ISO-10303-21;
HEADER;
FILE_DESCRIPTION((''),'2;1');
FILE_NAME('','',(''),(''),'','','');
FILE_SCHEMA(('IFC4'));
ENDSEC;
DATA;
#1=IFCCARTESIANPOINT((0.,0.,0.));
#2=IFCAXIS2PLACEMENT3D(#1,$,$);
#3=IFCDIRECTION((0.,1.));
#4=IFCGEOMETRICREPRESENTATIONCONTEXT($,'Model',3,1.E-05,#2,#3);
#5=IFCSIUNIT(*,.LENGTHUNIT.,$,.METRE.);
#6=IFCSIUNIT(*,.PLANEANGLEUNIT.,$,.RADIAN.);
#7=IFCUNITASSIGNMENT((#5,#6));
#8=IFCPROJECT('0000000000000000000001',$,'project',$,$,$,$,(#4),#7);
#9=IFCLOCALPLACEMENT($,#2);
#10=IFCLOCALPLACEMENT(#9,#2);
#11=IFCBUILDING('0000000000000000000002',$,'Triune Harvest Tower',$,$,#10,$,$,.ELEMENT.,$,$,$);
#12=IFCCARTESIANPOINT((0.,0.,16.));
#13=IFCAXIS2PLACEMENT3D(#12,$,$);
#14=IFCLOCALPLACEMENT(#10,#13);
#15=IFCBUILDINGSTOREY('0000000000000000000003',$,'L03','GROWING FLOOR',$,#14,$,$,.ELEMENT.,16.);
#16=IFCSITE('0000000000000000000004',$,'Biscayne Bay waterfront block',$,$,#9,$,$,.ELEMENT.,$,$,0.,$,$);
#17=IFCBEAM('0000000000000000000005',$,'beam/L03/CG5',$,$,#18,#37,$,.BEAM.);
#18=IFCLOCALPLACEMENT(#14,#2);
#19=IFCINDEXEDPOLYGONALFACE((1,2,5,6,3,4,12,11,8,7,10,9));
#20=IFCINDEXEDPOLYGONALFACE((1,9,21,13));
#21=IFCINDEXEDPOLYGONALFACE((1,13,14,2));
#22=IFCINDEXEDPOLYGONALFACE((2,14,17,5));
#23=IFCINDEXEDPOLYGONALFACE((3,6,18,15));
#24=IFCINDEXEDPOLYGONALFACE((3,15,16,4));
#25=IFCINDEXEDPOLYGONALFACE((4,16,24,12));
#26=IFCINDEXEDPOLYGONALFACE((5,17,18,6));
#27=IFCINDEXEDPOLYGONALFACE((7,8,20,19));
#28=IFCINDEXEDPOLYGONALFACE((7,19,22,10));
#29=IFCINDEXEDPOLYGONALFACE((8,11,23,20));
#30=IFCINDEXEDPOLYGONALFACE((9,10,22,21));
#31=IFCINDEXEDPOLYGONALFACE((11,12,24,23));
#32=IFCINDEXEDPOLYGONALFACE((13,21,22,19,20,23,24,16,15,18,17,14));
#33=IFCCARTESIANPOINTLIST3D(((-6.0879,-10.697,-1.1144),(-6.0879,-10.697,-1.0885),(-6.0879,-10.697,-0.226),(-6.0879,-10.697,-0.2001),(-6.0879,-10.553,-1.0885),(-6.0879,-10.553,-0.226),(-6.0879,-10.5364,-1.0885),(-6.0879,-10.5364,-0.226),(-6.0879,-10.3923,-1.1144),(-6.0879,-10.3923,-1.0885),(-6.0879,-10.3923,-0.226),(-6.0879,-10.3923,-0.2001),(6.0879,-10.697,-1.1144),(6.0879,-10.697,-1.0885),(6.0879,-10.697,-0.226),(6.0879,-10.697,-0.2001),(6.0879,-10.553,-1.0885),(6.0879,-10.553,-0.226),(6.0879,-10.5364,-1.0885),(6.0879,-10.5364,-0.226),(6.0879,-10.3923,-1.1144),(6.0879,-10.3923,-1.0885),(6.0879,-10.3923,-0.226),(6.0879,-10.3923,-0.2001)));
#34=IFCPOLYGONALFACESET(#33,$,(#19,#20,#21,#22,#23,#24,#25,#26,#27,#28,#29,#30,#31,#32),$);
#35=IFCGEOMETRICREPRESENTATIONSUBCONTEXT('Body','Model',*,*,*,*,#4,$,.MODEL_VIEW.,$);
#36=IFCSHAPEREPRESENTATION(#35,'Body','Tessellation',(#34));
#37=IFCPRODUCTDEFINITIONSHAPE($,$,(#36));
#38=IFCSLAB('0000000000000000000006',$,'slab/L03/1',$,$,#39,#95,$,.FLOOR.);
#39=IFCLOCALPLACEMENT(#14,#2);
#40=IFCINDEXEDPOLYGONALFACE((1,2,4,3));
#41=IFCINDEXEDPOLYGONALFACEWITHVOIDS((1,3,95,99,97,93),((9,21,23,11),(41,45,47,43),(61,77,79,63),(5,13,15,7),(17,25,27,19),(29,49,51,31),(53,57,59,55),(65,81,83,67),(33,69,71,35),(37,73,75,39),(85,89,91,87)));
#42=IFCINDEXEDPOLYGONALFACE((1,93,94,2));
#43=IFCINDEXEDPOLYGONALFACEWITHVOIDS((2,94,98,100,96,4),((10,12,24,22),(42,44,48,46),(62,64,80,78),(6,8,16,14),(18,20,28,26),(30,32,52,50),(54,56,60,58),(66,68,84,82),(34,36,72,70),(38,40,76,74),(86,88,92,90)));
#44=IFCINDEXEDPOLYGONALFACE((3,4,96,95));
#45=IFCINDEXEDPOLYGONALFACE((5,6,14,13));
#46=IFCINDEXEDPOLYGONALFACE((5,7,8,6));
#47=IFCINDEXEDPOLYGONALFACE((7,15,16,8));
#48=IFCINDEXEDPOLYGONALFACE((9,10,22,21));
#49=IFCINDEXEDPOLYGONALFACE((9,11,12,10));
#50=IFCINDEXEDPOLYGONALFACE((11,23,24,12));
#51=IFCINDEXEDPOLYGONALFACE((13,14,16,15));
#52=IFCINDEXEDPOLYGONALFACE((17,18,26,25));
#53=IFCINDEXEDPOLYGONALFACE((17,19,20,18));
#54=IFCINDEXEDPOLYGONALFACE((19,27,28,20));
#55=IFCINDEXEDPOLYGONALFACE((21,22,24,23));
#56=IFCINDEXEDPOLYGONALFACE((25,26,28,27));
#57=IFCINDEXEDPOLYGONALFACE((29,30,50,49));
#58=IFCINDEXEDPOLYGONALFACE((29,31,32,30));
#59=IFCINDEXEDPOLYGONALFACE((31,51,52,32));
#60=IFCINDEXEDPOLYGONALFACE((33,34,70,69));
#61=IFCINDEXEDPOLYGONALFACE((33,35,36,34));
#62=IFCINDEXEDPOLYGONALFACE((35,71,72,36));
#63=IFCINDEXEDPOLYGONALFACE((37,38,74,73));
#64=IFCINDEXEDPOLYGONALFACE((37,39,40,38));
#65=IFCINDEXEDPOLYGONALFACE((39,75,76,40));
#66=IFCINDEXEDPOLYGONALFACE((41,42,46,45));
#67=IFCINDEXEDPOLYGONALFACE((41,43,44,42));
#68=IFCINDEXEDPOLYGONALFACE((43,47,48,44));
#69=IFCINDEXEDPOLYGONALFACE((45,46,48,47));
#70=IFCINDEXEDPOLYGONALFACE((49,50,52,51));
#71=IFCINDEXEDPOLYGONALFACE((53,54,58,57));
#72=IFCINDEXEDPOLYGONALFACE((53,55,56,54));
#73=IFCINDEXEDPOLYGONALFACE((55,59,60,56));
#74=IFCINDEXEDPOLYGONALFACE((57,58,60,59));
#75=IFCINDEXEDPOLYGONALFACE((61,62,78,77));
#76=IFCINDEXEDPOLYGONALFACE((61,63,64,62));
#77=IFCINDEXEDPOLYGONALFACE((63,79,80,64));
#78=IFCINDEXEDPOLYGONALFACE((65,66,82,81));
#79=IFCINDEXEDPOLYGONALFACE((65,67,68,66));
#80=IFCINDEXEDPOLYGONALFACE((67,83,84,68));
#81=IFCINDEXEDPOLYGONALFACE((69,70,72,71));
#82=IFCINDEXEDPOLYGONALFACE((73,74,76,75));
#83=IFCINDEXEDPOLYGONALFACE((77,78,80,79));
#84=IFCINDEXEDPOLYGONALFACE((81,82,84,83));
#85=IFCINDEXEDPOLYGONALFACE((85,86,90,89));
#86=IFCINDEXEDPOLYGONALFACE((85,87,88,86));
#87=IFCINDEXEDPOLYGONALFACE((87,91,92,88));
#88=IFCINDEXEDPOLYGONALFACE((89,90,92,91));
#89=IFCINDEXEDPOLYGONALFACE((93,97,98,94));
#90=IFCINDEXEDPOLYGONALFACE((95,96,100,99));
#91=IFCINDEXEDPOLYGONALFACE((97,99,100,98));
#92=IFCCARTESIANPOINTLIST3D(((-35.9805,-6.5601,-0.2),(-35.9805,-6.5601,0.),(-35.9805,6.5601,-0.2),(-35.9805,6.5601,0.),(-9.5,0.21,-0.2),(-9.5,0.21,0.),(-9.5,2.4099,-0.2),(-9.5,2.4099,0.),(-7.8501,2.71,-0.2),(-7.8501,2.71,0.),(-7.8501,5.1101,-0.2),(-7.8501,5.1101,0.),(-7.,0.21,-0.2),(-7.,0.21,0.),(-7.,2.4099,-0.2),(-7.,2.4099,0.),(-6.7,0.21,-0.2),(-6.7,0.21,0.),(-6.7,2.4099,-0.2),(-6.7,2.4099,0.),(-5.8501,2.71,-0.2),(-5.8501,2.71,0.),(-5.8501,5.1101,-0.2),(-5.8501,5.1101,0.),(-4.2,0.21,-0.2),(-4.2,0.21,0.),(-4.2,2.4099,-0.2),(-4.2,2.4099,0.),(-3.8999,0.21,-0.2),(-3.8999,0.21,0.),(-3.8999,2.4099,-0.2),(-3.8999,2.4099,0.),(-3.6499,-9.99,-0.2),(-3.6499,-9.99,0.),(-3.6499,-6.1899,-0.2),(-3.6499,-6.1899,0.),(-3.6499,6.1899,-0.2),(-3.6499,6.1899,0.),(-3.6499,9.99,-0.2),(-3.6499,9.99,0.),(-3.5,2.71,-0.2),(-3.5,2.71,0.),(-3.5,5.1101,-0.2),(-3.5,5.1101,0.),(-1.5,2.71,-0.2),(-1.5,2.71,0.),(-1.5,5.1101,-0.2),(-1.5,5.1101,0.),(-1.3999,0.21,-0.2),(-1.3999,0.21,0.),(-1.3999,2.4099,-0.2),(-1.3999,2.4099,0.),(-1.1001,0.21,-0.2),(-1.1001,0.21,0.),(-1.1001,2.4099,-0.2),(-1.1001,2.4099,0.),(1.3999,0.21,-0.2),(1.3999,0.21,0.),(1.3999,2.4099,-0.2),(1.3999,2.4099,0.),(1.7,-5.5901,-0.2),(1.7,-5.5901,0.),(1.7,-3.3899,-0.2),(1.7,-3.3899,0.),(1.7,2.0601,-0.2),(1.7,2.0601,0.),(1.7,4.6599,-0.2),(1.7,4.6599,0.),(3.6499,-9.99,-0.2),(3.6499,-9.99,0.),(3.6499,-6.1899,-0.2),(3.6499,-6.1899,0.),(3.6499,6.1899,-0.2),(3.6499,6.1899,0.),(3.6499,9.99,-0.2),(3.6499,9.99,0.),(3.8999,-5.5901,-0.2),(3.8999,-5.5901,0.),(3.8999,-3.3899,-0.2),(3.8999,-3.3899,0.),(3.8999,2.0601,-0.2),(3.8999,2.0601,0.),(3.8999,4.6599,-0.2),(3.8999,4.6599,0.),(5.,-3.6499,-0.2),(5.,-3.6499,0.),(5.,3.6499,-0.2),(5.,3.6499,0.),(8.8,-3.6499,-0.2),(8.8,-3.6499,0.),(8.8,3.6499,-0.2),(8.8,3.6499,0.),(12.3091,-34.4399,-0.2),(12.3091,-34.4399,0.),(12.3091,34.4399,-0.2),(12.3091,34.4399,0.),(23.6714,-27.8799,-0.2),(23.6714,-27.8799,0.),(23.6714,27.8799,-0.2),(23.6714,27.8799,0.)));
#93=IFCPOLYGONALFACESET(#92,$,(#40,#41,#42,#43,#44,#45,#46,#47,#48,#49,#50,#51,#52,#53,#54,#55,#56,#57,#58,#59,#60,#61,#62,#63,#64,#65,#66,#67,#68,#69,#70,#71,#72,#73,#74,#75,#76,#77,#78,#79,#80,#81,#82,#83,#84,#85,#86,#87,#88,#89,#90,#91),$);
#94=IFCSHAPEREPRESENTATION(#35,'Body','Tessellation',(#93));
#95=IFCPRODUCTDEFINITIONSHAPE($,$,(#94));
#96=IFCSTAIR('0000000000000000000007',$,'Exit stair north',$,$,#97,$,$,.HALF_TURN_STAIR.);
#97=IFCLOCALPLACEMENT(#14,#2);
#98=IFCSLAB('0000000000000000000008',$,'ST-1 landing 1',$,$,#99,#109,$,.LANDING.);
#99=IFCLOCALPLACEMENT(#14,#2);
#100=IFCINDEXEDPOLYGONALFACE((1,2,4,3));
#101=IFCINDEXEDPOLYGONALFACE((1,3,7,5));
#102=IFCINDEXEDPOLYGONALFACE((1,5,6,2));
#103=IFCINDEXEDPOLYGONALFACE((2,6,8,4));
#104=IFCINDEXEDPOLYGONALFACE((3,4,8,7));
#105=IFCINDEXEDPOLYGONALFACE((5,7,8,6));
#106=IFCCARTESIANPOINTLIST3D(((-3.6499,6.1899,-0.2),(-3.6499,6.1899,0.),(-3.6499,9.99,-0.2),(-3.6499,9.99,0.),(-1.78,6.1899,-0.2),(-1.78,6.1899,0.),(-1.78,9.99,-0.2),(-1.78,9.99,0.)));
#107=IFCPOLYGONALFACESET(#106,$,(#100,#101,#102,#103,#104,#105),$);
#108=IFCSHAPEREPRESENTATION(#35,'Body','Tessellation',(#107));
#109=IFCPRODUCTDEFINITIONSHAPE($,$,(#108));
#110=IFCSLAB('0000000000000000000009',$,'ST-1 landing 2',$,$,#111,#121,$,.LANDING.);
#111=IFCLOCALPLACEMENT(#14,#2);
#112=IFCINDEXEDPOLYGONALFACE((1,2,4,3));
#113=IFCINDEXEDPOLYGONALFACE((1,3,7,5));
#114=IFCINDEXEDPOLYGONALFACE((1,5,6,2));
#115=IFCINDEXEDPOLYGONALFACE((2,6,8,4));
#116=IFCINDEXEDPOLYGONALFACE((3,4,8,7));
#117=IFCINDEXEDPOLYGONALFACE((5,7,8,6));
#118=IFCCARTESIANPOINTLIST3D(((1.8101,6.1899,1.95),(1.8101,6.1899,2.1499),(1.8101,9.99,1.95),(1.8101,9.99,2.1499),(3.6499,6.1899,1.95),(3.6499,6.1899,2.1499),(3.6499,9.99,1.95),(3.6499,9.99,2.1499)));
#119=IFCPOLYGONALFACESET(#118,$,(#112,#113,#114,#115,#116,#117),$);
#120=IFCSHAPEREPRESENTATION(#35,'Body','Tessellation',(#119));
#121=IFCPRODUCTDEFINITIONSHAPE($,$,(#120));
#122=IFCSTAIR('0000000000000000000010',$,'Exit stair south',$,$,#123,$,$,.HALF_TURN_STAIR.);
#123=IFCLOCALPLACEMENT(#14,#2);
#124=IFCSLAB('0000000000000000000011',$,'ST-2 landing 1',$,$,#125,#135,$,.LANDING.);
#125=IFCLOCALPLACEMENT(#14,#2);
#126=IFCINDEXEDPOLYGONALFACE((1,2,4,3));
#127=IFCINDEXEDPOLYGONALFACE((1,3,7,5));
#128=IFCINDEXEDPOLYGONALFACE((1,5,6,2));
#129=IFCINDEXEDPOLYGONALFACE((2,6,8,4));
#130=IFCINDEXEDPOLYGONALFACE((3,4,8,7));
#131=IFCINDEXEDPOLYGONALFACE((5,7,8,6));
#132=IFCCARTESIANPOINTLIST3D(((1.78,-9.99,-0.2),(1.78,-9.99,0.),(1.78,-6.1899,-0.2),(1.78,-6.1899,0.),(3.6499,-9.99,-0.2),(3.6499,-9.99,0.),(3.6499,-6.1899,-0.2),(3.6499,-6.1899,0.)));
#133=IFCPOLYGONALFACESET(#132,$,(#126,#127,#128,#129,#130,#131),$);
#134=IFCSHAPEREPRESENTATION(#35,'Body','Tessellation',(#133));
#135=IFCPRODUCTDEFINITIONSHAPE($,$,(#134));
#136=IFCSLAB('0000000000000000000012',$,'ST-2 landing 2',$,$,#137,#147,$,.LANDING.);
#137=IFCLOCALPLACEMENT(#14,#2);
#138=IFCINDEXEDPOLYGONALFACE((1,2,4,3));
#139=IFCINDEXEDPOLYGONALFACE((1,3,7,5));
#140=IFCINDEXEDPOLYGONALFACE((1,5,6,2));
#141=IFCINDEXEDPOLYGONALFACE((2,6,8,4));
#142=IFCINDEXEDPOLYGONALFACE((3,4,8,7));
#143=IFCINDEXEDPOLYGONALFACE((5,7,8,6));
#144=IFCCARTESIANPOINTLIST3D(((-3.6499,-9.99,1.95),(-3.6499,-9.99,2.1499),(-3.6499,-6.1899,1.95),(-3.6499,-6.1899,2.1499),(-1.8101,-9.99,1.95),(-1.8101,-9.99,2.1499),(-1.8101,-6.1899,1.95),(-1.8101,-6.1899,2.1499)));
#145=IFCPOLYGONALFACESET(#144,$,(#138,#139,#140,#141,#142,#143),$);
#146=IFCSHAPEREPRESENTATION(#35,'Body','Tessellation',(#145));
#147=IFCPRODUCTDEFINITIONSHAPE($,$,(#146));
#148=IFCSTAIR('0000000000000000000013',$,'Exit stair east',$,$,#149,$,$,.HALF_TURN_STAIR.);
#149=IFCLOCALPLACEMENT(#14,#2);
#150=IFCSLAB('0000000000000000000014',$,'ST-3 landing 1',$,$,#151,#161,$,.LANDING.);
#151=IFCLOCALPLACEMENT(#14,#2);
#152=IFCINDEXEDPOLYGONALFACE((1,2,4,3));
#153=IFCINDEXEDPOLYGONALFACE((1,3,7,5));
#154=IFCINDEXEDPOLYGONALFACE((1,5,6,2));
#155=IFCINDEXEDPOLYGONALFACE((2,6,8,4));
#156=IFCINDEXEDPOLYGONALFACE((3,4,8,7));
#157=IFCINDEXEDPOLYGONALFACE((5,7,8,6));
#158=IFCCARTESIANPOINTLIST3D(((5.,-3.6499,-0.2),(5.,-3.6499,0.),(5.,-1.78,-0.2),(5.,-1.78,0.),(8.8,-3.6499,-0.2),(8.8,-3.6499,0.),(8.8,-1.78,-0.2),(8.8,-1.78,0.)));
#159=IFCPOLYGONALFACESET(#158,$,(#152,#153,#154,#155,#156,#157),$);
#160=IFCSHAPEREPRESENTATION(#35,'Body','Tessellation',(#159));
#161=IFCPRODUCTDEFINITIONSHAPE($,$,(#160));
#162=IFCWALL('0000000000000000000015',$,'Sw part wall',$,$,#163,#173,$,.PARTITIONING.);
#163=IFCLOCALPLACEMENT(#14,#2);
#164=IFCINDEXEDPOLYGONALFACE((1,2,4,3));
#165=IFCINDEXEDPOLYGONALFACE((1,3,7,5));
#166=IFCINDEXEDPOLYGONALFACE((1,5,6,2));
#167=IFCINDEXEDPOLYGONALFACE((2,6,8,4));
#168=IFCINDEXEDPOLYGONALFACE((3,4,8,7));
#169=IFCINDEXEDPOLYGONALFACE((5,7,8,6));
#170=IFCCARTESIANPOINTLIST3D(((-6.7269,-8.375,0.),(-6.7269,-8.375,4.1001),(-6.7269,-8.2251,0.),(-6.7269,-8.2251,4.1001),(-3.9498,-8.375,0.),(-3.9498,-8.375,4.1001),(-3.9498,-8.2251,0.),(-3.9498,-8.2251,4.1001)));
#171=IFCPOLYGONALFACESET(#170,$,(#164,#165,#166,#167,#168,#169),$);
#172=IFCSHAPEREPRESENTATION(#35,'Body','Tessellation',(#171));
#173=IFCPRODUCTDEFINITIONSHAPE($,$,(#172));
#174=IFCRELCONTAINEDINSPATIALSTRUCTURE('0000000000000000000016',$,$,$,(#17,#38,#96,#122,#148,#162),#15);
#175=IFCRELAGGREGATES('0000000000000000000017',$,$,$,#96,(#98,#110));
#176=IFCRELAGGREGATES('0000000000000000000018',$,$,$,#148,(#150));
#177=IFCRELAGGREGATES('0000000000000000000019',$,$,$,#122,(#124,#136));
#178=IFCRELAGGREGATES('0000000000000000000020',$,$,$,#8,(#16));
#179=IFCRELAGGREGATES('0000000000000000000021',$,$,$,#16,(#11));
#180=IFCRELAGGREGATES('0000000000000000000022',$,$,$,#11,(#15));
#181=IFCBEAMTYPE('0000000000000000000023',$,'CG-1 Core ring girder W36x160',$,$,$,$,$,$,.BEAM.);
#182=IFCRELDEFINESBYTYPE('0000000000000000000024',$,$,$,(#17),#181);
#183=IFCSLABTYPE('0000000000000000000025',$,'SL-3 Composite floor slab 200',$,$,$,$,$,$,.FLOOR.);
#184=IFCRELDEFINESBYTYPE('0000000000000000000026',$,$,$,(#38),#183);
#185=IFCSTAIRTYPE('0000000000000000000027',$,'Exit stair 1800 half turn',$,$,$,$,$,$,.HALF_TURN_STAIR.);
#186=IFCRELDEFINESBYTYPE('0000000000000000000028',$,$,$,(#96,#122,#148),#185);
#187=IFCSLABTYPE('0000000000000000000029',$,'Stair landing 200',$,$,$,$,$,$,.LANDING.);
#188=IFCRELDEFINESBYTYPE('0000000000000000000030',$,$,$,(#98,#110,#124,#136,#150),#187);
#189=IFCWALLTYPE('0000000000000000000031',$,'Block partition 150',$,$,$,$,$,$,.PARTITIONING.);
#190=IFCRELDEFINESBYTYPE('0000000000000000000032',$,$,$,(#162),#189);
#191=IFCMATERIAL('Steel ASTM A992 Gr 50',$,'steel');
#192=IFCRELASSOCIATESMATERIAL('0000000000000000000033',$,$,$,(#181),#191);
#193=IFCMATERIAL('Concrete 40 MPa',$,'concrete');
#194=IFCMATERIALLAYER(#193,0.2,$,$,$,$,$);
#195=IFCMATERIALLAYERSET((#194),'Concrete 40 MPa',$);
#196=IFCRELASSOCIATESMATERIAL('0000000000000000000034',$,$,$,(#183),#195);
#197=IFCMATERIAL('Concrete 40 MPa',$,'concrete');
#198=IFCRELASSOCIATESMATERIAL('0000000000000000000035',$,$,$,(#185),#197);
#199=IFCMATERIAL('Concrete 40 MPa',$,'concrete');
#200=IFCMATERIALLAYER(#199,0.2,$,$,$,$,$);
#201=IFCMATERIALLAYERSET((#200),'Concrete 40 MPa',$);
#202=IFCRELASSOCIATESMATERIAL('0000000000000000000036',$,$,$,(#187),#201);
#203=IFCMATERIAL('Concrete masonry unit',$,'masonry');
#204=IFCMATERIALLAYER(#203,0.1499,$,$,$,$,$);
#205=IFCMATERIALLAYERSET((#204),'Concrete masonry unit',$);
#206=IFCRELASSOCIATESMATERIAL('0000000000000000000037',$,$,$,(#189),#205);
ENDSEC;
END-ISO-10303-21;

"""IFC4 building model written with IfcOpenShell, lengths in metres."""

from ifc_helpers import new_model, si_unit, direction, frame, frame_2d, origin, origin_2d, place, context, subcontext, project, spatial, polyline, rectangle, i_section, outline, extrude, source, transform, mapped, material, layer, layer_set, material_profile, profile_set, type_object, element, aggregate, save


model = new_model("IFC4")

# Units and contexts
model_context = context("Model", 3, precision=1e-05, world=origin(), true_north=direction((0.0, 1.0)))
body_context = subcontext(model_context, "Body", "Model", "MODEL_VIEW")
ifc_project = project(units=[si_unit("LENGTHUNIT", "METRE"), si_unit("PLANEANGLEUNIT", "RADIAN")], contexts=[model_context])

# Site, building, storey
site_placement = place(None, origin())
site = spatial("IfcSite", under=ifc_project, at=site_placement, Name="Biscayne Bay waterfront block", CompositionType="ELEMENT", RefElevation=0.0)
building_placement = place(site_placement, origin())
building = spatial("IfcBuilding", under=site, at=building_placement, Name="Triune Harvest Tower", CompositionType="ELEMENT")
storey_placement = place(building_placement, frame((0.0, 0.0, 16.0)))
storey = spatial("IfcBuildingStorey", under=building, at=storey_placement, Name="L03", Description="GROWING FLOOR", CompositionType="ELEMENT", Elevation=16.0)

# Beam
ifc_material_1 = material(Name="Steel ASTM A992 Gr 50", Category="steel")
ifc_material_profile = material_profile(ifc_material_1, i_section(OverallWidth=0.3047, OverallDepth=0.9143, WebThickness=0.0166, FlangeThickness=0.0259, at=origin_2d()), Name="W36x160")
ifc_profile_set = profile_set([ifc_material_profile], Name="Steel ASTM A992 Gr 50")
beam_type = type_object("IfcBeamType", Name="CG-1 Core ring girder W36x160", PredefinedType="BEAM", material=ifc_profile_set)
shared_shape_1 = source(origin(), body_context, "Body", "SweptSolid", [
    extrude(i_section(OverallWidth=0.3047, OverallDepth=0.9143, WebThickness=0.0166, FlangeThickness=0.0259, at=origin_2d()), origin(), (0.0, 0.0, 1.0), 12.1758),
])
beam_placement = place(storey_placement, frame((-6.0879, -10.5447, -0.6572), z_axis=(1.0, 0.0, 0.0), x_axis=(0.0, 1.0, 0.0)))
element("IfcBeam", 1, at=beam_placement, inside=storey, type_object=beam_type, Name="beam/L03/CG5", PredefinedType="BEAM", context=body_context, shape_type="MappedRepresentation", body=[
    mapped(shared_shape_1, transform((0.0, 0.0, 0.0), scale=1.0)),
])

# Slab
ifc_material_2 = material(Name="Concrete 40 MPa", Category="concrete")
ifc_layer_1 = layer(ifc_material_2, 0.2)
ifc_layer_set_1 = layer_set([ifc_layer_1], Name="Concrete 40 MPa")
slab_type_1 = type_object("IfcSlabType", Name="SL-3 Composite floor slab 200", PredefinedType="FLOOR", material=ifc_layer_set_1)
shared_shape_2 = source(origin(), body_context, "Body", "SweptSolid", [
    extrude(outline(polyline([(23.6714, -27.8799), (23.6714, 27.8799), (12.3091, 34.4399), (-35.9805, 6.5601), (-35.9805, -6.5601), (12.3091, -34.4399), (23.6714, -27.8799)]), holes=[polyline([(-7.0, 0.21), (-7.0, 2.4099), (-9.5, 2.4099), (-9.5, 0.21), (-7.0, 0.21)]), polyline([(-4.2, 0.21), (-4.2, 2.4099), (-6.7, 2.4099), (-6.7, 0.21), (-4.2, 0.21)]), polyline([(-1.3999, 0.21), (-1.3999, 2.4099), (-3.8999, 2.4099), (-3.8999, 0.21), (-1.3999, 0.21)]), polyline([(1.3999, 0.21), (1.3999, 2.4099), (-1.1001, 2.4099), (-1.1001, 0.21), (1.3999, 0.21)]), polyline([(3.8999, 2.0601), (3.8999, 4.6599), (1.7, 4.6599), (1.7, 2.0601), (3.8999, 2.0601)]), polyline([(3.8999, -5.5901), (3.8999, -3.3899), (1.7, -3.3899), (1.7, -5.5901), (3.8999, -5.5901)]), polyline([(-5.8501, 2.71), (-5.8501, 5.1101), (-7.8501, 5.1101), (-7.8501, 2.71), (-5.8501, 2.71)]), polyline([(-1.5, 2.71), (-1.5, 5.1101), (-3.5, 5.1101), (-3.5, 2.71), (-1.5, 2.71)]), polyline([(3.6499, 6.1899), (3.6499, 9.99), (-3.6499, 9.99), (-3.6499, 6.1899), (3.6499, 6.1899)]), polyline([(3.6499, -9.99), (3.6499, -6.1899), (-3.6499, -6.1899), (-3.6499, -9.99), (3.6499, -9.99)]), polyline([(8.8, -3.6499), (8.8, 3.6499), (5.0, 3.6499), (5.0, -3.6499), (8.8, -3.6499)])]), origin(), (0.0, 0.0, 1.0), 0.2),
])
slab_1_placement = place(storey_placement, frame((0.0, 0.0, -0.2)))
element("IfcSlab", 2, at=slab_1_placement, inside=storey, type_object=slab_type_1, Name="slab/L03/1", PredefinedType="FLOOR", context=body_context, shape_type="MappedRepresentation", body=[
    mapped(shared_shape_2, transform((0.0, 0.0, 0.0), scale=1.0)),
])

# Stairs, slabs
ifc_material_3 = material(Name="Concrete 40 MPa", Category="concrete")
stair_type = type_object("IfcStairType", Name="Exit stair 1800 half turn", PredefinedType="HALF_TURN_STAIR", material=ifc_material_3)
stair_1_placement = place(storey_placement, origin())
stair_1 = element("IfcStair", 3, at=stair_1_placement, inside=storey, type_object=stair_type, Name="Exit stair north", PredefinedType="HALF_TURN_STAIR")
ifc_material_4 = material(Name="Concrete 40 MPa", Category="concrete")
ifc_layer_2 = layer(ifc_material_4, 0.2)
ifc_layer_set_2 = layer_set([ifc_layer_2], Name="Concrete 40 MPa")
slab_type_2 = type_object("IfcSlabType", Name="Stair landing 200", PredefinedType="LANDING", material=ifc_layer_set_2)
shared_shape_3 = source(origin(), body_context, "Body", "SweptSolid", [
    extrude(outline(polyline([(-3.6499, 6.1899), (-1.78, 6.1899), (-1.78, 9.99), (-3.6499, 9.99), (-3.6499, 6.1899)])), origin(), (0.0, 0.0, 1.0), 0.2),
])
slab_2_placement = place(storey_placement, frame((0.0, 0.0, -0.2)))
slab_2 = element("IfcSlab", 4, at=slab_2_placement, type_object=slab_type_2, Name="ST-1 landing 1", PredefinedType="LANDING", context=body_context, shape_type="MappedRepresentation", body=[
    mapped(shared_shape_3, transform((0.0, 0.0, 0.0), scale=1.0)),
])
shared_shape_4 = source(origin(), body_context, "Body", "SweptSolid", [
    extrude(outline(polyline([(1.8101, 6.1899), (3.6499, 6.1899), (3.6499, 9.99), (1.8101, 9.99), (1.8101, 6.1899)])), origin(), (0.0, 0.0, 1.0), 0.2),
])
slab_3_placement = place(storey_placement, frame((0.0, 0.0, 1.95)))
slab_3 = element("IfcSlab", 5, at=slab_3_placement, type_object=slab_type_2, Name="ST-1 landing 2", PredefinedType="LANDING", context=body_context, shape_type="MappedRepresentation", body=[
    mapped(shared_shape_4, transform((0.0, 0.0, 0.0), scale=1.0)),
])
aggregate(stair_1, [slab_2, slab_3])
stair_2_placement = place(storey_placement, origin())
stair_2 = element("IfcStair", 6, at=stair_2_placement, inside=storey, type_object=stair_type, Name="Exit stair south", PredefinedType="HALF_TURN_STAIR")
shared_shape_5 = source(origin(), body_context, "Body", "SweptSolid", [
    extrude(outline(polyline([(3.6499, -6.1899), (1.78, -6.1899), (1.78, -9.99), (3.6499, -9.99), (3.6499, -6.1899)])), origin(), (0.0, 0.0, 1.0), 0.2),
])
slab_4_placement = place(storey_placement, frame((0.0, 0.0, -0.2)))
slab_4 = element("IfcSlab", 7, at=slab_4_placement, type_object=slab_type_2, Name="ST-2 landing 1", PredefinedType="LANDING", context=body_context, shape_type="MappedRepresentation", body=[
    mapped(shared_shape_5, transform((0.0, 0.0, 0.0), scale=1.0)),
])
shared_shape_6 = source(origin(), body_context, "Body", "SweptSolid", [
    extrude(outline(polyline([(-1.8101, -6.1899), (-3.6499, -6.1899), (-3.6499, -9.99), (-1.8101, -9.99), (-1.8101, -6.1899)])), origin(), (0.0, 0.0, 1.0), 0.2),
])
slab_5_placement = place(storey_placement, frame((0.0, 0.0, 1.95)))
slab_5 = element("IfcSlab", 8, at=slab_5_placement, type_object=slab_type_2, Name="ST-2 landing 2", PredefinedType="LANDING", context=body_context, shape_type="MappedRepresentation", body=[
    mapped(shared_shape_6, transform((0.0, 0.0, 0.0), scale=1.0)),
])

# Stair, slab
stair_3_placement = place(storey_placement, origin())
stair_3 = element("IfcStair", 9, at=stair_3_placement, inside=storey, type_object=stair_type, Name="Exit stair east", PredefinedType="HALF_TURN_STAIR")
shared_shape_7 = source(origin(), body_context, "Body", "SweptSolid", [
    extrude(outline(polyline([(8.8, -3.6499), (8.8, -1.78), (5.0, -1.78), (5.0, -3.6499), (8.8, -3.6499)])), origin(), (0.0, 0.0, 1.0), 0.2),
])
slab_6_placement = place(storey_placement, frame((0.0, 0.0, -0.2)))
slab_6 = element("IfcSlab", 10, at=slab_6_placement, type_object=slab_type_2, Name="ST-3 landing 1", PredefinedType="LANDING", context=body_context, shape_type="MappedRepresentation", body=[
    mapped(shared_shape_7, transform((0.0, 0.0, 0.0), scale=1.0)),
])
aggregate(stair_3, [slab_6])

# Wall
ifc_material_5 = material(Name="Concrete masonry unit", Category="masonry")
ifc_layer_3 = layer(ifc_material_5, 0.1499)
ifc_layer_set_3 = layer_set([ifc_layer_3], Name="Concrete masonry unit")
wall_type_1 = type_object("IfcWallType", Name="Block partition 150", PredefinedType="PARTITIONING", material=ifc_layer_set_3)
wall_1_placement = place(storey_placement, frame((-6.7271, -8.3, 0.0), z_axis=(0.0, 0.0, 1.0), x_axis=(1.0, 0.0, 0.0)))
element("IfcWall", 11, at=wall_1_placement, inside=storey, type_object=wall_type_1, Name="Sw part wall", PredefinedType="PARTITIONING", context=body_context, shape_type="SweptSolid", body=[
    extrude(rectangle(XDim=2.7771, YDim=0.1499, at=frame_2d((1.3887, 0.0))), origin(), (0.0, 0.0, 1.0), 4.1001),
])

aggregate(stair_2, [slab_4, slab_5])

save(model, "model.ifc")
